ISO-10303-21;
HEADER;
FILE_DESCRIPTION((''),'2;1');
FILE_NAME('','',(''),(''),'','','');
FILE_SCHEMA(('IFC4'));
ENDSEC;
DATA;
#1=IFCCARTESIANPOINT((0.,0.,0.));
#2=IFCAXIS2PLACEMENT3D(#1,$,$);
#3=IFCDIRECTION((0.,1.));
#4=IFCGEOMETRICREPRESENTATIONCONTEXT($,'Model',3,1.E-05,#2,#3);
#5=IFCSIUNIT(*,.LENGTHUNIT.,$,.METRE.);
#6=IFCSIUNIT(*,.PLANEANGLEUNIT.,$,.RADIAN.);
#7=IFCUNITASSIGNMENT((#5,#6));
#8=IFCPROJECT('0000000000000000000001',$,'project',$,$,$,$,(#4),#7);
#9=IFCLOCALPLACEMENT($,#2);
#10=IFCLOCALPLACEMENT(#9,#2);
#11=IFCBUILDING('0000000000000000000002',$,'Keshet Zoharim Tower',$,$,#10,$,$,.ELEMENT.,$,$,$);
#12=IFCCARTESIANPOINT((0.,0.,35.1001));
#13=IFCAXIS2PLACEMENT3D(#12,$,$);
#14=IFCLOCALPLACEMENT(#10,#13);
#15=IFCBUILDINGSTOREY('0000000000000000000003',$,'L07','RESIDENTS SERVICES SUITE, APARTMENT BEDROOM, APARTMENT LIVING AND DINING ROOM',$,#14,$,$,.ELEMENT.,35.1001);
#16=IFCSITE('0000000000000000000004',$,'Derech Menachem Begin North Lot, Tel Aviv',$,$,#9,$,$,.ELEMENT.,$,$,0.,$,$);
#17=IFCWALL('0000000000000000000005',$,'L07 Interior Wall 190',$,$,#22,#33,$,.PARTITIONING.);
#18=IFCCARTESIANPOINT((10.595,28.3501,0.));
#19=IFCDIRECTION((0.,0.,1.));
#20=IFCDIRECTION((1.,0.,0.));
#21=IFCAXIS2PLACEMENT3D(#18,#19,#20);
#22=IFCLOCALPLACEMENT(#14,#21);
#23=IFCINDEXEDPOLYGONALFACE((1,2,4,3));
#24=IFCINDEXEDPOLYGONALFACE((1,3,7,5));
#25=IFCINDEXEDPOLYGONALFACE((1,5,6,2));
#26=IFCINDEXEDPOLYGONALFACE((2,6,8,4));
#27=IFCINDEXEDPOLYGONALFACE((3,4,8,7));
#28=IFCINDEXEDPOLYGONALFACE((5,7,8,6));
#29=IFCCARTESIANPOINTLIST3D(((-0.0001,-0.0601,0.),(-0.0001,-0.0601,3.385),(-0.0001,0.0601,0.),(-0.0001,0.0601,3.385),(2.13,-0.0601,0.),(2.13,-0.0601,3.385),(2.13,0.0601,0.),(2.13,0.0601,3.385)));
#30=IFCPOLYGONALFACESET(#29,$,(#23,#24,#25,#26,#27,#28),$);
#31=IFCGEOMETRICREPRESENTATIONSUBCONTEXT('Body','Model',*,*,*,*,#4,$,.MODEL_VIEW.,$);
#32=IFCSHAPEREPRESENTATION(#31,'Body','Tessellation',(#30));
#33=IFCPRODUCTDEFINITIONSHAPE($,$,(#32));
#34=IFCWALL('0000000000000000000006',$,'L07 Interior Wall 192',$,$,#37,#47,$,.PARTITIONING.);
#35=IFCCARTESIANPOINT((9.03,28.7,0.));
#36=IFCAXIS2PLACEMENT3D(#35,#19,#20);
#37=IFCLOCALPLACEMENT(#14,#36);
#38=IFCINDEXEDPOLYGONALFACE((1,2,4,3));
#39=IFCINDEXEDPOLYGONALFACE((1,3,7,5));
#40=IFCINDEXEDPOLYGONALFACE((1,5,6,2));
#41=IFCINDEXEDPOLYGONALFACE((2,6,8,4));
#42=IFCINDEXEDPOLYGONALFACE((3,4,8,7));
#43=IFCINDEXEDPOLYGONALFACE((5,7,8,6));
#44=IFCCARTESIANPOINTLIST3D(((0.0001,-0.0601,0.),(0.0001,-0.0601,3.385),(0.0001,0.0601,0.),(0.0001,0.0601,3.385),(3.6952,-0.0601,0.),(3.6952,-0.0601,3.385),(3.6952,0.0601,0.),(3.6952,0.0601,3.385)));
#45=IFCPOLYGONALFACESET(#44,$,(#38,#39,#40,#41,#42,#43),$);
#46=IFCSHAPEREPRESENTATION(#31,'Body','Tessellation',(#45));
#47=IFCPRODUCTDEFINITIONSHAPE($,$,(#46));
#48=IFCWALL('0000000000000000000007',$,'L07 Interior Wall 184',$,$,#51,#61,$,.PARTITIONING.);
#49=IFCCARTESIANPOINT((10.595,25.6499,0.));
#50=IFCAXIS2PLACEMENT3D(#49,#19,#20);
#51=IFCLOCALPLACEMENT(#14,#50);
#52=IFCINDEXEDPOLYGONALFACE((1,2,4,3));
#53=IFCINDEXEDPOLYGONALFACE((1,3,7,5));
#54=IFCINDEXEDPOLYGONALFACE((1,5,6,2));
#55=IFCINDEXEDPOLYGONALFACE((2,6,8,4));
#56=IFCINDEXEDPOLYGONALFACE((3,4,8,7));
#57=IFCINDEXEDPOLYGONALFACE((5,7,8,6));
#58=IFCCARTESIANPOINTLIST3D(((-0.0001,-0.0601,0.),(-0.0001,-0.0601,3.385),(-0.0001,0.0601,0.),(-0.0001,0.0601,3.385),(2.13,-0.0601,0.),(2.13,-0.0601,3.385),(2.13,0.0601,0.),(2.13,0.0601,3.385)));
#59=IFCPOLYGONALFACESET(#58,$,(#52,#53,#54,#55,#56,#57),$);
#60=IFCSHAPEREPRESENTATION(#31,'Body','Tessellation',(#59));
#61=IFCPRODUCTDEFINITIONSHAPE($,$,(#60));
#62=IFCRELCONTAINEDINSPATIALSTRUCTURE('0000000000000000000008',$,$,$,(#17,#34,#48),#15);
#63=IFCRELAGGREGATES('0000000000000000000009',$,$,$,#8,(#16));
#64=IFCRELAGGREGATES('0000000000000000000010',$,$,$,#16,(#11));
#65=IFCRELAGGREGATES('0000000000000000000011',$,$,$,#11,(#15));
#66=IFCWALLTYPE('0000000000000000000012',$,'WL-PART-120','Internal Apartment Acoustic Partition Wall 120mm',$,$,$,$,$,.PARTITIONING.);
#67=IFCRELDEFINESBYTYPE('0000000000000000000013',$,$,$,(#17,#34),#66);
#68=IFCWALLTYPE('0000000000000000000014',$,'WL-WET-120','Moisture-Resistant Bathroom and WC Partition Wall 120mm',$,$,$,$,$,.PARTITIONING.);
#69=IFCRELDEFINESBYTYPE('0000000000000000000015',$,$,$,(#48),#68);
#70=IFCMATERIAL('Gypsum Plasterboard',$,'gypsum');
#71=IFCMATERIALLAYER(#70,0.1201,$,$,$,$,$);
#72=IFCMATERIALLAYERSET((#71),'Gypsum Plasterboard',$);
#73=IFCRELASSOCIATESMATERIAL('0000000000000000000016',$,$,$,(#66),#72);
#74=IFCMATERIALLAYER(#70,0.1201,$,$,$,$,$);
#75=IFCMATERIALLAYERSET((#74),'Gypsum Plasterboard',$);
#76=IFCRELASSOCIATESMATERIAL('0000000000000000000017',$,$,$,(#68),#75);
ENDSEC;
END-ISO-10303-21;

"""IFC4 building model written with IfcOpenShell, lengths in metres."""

from ifc_helpers import new_model, si_unit, direction, frame, frame_2d, origin, place, context, subcontext, project, spatial, rectangle, extrude, material, layer, layer_set, type_object, element, save


model = new_model("IFC4")

# Units and contexts
model_context = context("Model", 3, precision=1e-05, world=origin(), true_north=direction((0.0, 1.0)))
body_context = subcontext(model_context, "Body", "Model", "MODEL_VIEW")
ifc_project = project(units=[si_unit("LENGTHUNIT", "METRE"), si_unit("PLANEANGLEUNIT", "RADIAN")], contexts=[model_context])

# Site, building, storey
site_placement = place(None, origin())
site = spatial("IfcSite", under=ifc_project, at=site_placement, Name="Derech Menachem Begin North Lot, Tel Aviv", CompositionType="ELEMENT", RefElevation=0.0)
building_placement = place(site_placement, origin())
building = spatial("IfcBuilding", under=site, at=building_placement, Name="Keshet Zoharim Tower", CompositionType="ELEMENT")
storey_placement = place(building_placement, frame((0.0, 0.0, 35.1001)))
storey = spatial("IfcBuildingStorey", under=building, at=storey_placement, Name="L07", Description="RESIDENTS SERVICES SUITE, APARTMENT BEDROOM, APARTMENT LIVING AND DINING ROOM", CompositionType="ELEMENT", Elevation=35.1001)

# Shared definitions
ifc_material_1 = material(Name="Gypsum Plasterboard", Category="gypsum")

# Shared definitions
ifc_layer_1 = layer(ifc_material_1, 0.1201)
ifc_layer_set_1 = layer_set([ifc_layer_1], Name="Gypsum Plasterboard")
wall_type_1 = type_object("IfcWallType", Name="WL-PART-120", Description="Internal Apartment Acoustic Partition Wall 120mm", PredefinedType="PARTITIONING", material=ifc_layer_set_1)

# Walls
wall_1_placement = place(storey_placement, frame((10.595, 28.3501, 0.0), z_axis=(0.0, 0.0, 1.0), x_axis=(1.0, 0.0, 0.0)))
element("IfcWall", 1, at=wall_1_placement, inside=storey, type_object=wall_type_1, Name="L07 Interior Wall 190", PredefinedType="PARTITIONING", context=body_context, shape_type="SweptSolid", body=[
    extrude(rectangle(XDim=2.1301, YDim=0.1201, at=frame_2d((1.0649, 0.0))), origin(), (0.0, 0.0, 1.0), 3.385),
])
wall_2_placement = place(storey_placement, frame((9.03, 28.7, 0.0), z_axis=(0.0, 0.0, 1.0), x_axis=(1.0, 0.0, 0.0)))
element("IfcWall", 2, at=wall_2_placement, inside=storey, type_object=wall_type_1, Name="L07 Interior Wall 192", PredefinedType="PARTITIONING", context=body_context, shape_type="SweptSolid", body=[
    extrude(rectangle(XDim=3.6951, YDim=0.1201, at=frame_2d((1.8477, 0.0))), origin(), (0.0, 0.0, 1.0), 3.385),
])

# Wall
ifc_layer_2 = layer(ifc_material_1, 0.1201)
ifc_layer_set_2 = layer_set([ifc_layer_2], Name="Gypsum Plasterboard")
wall_type_2 = type_object("IfcWallType", Name="WL-WET-120", Description="Moisture-Resistant Bathroom and WC Partition Wall 120mm", PredefinedType="PARTITIONING", material=ifc_layer_set_2)
wall_3_placement = place(storey_placement, frame((10.595, 25.6499, 0.0), z_axis=(0.0, 0.0, 1.0), x_axis=(1.0, 0.0, 0.0)))
element("IfcWall", 3, at=wall_3_placement, inside=storey, type_object=wall_type_2, Name="L07 Interior Wall 184", PredefinedType="PARTITIONING", context=body_context, shape_type="SweptSolid", body=[
    extrude(rectangle(XDim=2.1301, YDim=0.1201, at=frame_2d((1.0649, 0.0))), origin(), (0.0, 0.0, 1.0), 3.385),
])

save(model, "model.ifc")
